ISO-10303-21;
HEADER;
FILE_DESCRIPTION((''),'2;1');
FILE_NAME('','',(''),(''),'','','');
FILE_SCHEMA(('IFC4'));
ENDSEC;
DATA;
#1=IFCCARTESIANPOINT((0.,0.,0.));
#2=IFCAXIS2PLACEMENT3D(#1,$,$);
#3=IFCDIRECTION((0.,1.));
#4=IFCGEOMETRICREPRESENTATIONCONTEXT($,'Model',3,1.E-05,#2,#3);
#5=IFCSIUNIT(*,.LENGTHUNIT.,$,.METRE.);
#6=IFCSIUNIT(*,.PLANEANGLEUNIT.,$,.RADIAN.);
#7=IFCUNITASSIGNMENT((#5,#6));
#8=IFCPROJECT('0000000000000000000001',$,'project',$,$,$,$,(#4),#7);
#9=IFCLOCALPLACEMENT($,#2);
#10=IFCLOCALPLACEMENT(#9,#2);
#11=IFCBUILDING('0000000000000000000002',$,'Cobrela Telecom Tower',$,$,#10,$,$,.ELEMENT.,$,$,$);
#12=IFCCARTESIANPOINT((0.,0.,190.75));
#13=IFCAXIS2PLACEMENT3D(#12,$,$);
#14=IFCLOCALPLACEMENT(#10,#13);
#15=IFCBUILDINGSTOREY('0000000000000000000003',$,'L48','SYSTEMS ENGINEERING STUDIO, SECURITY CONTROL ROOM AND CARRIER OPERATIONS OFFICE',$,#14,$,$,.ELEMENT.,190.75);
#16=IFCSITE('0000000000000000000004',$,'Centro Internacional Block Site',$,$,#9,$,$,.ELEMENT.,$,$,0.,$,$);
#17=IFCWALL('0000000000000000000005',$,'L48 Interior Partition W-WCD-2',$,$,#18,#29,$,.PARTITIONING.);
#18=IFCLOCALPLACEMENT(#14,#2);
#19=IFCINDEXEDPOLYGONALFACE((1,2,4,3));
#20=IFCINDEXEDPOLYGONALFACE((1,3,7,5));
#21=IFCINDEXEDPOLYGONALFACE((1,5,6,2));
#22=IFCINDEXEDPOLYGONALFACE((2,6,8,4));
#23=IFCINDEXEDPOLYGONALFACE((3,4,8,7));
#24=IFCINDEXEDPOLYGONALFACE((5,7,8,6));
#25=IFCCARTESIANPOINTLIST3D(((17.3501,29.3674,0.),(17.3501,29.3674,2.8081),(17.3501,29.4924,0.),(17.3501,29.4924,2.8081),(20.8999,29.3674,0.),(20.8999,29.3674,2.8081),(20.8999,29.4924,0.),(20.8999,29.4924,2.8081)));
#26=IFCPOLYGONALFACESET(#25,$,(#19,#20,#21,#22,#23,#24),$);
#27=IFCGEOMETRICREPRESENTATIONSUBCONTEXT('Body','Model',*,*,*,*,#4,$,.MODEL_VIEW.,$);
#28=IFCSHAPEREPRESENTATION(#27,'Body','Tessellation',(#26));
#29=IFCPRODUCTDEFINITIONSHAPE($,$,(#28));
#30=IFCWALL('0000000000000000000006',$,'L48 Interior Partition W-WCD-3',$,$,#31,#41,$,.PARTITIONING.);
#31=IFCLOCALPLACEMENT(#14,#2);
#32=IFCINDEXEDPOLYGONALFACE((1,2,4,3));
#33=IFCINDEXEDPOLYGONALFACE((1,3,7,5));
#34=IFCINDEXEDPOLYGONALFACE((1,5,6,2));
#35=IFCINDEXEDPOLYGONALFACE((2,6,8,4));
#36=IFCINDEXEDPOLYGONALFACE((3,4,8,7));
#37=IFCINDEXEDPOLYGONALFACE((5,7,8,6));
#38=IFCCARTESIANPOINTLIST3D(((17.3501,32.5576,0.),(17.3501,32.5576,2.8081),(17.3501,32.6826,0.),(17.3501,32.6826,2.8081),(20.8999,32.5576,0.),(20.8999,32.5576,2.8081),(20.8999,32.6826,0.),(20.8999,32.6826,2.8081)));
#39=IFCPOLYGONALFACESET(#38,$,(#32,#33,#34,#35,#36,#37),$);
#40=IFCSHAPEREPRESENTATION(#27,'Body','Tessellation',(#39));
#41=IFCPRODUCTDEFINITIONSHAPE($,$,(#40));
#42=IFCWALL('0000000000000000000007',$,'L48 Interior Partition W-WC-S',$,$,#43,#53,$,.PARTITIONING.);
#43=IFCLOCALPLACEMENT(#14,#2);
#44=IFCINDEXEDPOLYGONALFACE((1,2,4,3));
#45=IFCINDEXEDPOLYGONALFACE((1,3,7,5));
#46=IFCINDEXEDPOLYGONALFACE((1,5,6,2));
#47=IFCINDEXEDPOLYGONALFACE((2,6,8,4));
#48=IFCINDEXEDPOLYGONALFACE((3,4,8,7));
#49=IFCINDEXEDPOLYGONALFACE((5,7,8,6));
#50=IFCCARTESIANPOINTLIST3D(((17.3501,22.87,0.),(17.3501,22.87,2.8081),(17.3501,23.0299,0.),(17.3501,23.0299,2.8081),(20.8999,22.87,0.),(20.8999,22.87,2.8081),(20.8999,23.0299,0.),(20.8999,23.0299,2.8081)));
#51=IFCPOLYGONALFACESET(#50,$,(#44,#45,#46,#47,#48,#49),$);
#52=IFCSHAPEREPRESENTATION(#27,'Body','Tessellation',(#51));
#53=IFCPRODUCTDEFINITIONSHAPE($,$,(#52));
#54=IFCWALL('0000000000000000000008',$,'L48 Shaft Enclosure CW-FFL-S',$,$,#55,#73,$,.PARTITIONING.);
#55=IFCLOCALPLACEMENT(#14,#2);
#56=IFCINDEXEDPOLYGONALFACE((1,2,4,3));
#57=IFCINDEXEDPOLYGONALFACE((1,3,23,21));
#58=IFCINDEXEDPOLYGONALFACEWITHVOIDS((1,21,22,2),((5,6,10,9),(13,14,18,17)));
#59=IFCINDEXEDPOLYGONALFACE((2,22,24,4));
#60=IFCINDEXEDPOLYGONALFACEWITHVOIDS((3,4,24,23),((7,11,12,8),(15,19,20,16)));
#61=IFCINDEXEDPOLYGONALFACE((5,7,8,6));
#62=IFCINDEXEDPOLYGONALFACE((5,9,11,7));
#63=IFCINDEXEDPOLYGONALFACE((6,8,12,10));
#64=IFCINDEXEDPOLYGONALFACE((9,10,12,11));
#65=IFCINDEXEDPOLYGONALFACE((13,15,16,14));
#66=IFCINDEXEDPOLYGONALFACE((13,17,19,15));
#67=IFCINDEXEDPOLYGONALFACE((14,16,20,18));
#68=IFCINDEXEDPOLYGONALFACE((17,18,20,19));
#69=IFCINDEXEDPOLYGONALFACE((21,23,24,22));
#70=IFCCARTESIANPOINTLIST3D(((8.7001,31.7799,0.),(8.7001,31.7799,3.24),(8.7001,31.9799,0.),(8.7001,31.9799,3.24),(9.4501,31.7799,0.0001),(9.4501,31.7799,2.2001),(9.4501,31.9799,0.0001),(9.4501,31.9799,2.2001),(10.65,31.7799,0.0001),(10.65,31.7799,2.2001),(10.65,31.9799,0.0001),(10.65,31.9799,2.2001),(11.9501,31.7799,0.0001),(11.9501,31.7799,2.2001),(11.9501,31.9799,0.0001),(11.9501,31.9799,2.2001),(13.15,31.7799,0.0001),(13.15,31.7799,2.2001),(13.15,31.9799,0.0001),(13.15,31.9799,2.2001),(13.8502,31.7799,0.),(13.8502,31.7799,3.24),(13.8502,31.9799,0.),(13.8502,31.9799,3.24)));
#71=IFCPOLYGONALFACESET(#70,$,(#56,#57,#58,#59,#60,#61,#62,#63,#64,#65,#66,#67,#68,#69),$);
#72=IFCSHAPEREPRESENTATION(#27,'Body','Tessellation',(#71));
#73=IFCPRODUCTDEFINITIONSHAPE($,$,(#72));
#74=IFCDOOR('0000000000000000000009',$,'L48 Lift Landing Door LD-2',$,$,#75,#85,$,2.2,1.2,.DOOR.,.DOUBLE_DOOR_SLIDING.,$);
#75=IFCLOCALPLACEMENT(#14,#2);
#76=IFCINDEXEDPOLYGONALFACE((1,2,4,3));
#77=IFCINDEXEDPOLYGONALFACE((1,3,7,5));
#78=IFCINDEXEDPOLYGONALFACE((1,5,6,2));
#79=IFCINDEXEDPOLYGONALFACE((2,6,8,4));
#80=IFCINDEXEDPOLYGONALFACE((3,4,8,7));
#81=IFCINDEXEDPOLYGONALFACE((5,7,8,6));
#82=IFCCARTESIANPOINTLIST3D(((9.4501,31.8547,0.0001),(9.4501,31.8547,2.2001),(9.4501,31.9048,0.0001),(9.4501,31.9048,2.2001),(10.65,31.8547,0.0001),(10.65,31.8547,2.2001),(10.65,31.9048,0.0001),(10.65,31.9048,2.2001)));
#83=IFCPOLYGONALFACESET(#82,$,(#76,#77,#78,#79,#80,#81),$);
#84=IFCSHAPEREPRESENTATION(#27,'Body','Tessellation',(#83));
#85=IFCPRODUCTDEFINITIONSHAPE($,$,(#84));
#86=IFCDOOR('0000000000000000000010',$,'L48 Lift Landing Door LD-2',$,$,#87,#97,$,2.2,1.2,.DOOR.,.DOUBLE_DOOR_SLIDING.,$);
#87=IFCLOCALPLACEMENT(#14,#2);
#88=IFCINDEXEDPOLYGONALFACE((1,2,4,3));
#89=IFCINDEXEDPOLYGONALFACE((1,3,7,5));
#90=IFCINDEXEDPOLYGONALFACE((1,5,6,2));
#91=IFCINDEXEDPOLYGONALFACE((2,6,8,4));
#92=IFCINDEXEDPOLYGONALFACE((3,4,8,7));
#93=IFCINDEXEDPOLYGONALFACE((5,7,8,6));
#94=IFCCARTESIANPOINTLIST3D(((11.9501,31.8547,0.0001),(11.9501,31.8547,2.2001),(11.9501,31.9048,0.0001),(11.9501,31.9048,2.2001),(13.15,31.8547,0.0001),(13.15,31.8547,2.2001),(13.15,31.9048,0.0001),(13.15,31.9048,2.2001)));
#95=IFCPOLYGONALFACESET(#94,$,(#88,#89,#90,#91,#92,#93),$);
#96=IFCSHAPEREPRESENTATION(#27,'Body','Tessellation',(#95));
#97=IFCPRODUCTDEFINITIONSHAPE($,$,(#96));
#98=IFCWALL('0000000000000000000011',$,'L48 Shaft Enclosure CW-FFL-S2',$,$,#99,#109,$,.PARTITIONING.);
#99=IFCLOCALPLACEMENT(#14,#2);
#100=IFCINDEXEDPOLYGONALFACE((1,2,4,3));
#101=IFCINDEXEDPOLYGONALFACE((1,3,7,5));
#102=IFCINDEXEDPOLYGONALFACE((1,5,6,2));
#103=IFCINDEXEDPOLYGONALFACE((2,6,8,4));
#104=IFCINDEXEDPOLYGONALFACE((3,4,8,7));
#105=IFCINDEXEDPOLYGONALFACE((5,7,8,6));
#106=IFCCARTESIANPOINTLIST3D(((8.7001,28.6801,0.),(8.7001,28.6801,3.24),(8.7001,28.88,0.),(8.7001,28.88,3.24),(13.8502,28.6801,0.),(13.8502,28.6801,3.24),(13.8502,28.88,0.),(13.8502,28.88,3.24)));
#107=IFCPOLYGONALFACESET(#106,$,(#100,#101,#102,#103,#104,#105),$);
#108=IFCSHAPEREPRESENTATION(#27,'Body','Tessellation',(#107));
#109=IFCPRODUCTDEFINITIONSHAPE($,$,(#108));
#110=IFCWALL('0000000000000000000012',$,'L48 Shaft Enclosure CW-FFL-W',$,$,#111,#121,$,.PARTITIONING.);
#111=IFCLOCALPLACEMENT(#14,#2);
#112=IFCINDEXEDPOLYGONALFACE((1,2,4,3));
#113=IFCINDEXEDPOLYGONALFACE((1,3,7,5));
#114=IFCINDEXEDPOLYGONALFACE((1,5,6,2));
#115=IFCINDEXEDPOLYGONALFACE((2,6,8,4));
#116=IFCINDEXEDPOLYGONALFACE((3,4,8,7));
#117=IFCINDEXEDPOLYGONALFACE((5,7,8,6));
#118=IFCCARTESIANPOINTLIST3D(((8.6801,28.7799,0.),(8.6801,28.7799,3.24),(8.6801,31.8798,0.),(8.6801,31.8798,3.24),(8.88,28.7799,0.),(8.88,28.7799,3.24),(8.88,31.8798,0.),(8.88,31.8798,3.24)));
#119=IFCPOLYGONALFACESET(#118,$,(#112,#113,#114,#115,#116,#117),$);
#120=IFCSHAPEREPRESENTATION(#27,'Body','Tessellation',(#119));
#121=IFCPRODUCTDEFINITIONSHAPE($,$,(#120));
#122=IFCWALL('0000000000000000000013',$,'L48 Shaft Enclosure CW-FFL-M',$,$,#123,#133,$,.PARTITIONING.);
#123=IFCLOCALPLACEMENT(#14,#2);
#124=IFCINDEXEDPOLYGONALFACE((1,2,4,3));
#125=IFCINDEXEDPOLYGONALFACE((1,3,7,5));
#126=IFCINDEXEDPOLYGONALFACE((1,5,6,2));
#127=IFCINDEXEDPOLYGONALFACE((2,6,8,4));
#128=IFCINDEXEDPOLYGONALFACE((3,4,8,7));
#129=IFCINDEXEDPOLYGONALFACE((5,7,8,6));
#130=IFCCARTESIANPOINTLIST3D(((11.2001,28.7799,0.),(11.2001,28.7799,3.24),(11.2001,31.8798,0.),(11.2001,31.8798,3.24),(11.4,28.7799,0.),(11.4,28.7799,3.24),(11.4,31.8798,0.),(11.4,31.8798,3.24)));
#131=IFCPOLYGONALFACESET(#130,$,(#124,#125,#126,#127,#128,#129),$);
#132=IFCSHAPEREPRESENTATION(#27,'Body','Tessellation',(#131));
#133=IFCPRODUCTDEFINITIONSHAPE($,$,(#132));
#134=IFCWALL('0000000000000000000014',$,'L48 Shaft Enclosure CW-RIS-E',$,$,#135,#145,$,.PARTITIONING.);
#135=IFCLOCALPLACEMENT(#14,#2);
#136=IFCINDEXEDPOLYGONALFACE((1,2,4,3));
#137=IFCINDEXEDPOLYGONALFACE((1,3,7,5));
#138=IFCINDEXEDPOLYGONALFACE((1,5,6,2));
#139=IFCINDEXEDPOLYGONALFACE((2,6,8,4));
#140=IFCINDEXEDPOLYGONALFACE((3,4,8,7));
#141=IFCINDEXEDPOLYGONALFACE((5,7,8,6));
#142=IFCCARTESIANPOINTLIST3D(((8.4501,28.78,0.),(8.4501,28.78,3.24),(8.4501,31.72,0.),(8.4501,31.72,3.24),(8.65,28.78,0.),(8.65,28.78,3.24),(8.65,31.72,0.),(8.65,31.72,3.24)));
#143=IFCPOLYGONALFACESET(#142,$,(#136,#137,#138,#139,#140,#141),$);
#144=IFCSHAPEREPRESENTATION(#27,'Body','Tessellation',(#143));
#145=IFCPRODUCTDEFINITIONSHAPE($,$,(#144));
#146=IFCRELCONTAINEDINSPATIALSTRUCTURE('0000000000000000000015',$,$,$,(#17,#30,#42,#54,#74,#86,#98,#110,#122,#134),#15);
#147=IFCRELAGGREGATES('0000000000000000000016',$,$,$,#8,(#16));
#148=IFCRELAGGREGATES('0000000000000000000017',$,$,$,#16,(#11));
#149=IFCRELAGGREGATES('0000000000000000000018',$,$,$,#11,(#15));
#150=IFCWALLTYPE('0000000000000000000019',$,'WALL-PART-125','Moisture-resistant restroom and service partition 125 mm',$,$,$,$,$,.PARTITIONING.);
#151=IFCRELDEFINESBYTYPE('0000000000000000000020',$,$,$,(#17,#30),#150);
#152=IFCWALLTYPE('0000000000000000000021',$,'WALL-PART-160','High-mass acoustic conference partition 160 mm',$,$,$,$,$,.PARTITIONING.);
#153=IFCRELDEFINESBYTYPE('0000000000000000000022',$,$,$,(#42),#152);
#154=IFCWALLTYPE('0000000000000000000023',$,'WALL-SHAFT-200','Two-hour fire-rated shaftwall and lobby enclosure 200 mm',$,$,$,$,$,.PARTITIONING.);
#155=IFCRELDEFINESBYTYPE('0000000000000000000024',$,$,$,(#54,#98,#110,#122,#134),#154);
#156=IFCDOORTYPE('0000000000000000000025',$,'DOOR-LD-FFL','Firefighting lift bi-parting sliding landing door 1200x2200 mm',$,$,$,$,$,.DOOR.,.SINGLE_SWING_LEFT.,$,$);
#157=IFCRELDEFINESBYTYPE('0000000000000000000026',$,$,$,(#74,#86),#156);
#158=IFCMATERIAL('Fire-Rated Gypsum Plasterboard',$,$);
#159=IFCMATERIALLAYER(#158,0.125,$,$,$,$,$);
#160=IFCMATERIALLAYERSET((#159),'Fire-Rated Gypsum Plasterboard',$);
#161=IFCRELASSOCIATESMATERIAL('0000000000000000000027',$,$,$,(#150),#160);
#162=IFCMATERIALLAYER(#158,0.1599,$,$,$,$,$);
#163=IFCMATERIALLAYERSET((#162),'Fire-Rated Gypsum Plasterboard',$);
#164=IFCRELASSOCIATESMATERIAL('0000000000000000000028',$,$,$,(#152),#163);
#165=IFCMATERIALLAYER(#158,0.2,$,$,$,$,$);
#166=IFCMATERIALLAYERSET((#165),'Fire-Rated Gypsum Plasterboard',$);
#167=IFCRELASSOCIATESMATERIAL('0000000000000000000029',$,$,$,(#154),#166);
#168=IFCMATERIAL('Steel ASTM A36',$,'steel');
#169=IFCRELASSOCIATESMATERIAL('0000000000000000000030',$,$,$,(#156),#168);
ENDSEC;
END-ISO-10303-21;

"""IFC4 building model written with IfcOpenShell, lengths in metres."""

from ifc_helpers import new_model, si_unit, direction, frame, frame_2d, origin, place, context, subcontext, project, spatial, rectangle, extrude, material, layer, layer_set, type_object, element, fill, save


model = new_model("IFC4")

# Units and contexts
model_context = context("Model", 3, precision=1e-05, world=origin(), true_north=direction((0.0, 1.0)))
body_context = subcontext(model_context, "Body", "Model", "MODEL_VIEW")
ifc_project = project(units=[si_unit("LENGTHUNIT", "METRE"), si_unit("PLANEANGLEUNIT", "RADIAN")], contexts=[model_context])

# Site, building, storey
site_placement = place(None, origin())
site = spatial("IfcSite", under=ifc_project, at=site_placement, Name="Centro Internacional Block Site", CompositionType="ELEMENT", RefElevation=0.0)
building_placement = place(site_placement, origin())
building = spatial("IfcBuilding", under=site, at=building_placement, Name="Cobrela Telecom Tower", CompositionType="ELEMENT")
storey_placement = place(building_placement, frame((0.0, 0.0, 190.75)))
storey = spatial("IfcBuildingStorey", under=building, at=storey_placement, Name="L48", Description="SYSTEMS ENGINEERING STUDIO, SECURITY CONTROL ROOM AND CARRIER OPERATIONS OFFICE", CompositionType="ELEMENT", Elevation=190.75)

# Walls
ifc_material_1 = material(Name="Fire-Rated Gypsum Plasterboard")
ifc_layer_1 = layer(ifc_material_1, 0.125)
ifc_layer_set_1 = layer_set([ifc_layer_1], Name="Fire-Rated Gypsum Plasterboard")
wall_type_1 = type_object("IfcWallType", Name="WALL-PART-125", Description="Moisture-resistant restroom and service partition 125 mm", PredefinedType="PARTITIONING", material=ifc_layer_set_1)
for number, where, z_axis, x_axis, name in (
    (1, (17.3501, 29.4299, 0.0), (0.0, 0.0, 1.0), (1.0, 0.0, 0.0), "L48 Interior Partition W-WCD-2"),
    (2, (17.3501, 32.6201, 0.0), (0.0, 0.0, 1.0), (1.0, 0.0, 0.0), "L48 Interior Partition W-WCD-3"),
):
    element("IfcWall", number, at=place(storey_placement, frame(where, z_axis=z_axis, x_axis=x_axis)), inside=storey, type_object=wall_type_1, Name=name, PredefinedType="PARTITIONING", context=body_context, shape_type="SweptSolid", body=[
        extrude(rectangle(XDim=3.5498, YDim=0.125, at=frame_2d((1.7749, 0.0))), origin(), (0.0, 0.0, 1.0), 2.8081),
    ])

# Wall
ifc_layer_2 = layer(ifc_material_1, 0.1599)
ifc_layer_set_2 = layer_set([ifc_layer_2], Name="Fire-Rated Gypsum Plasterboard")
wall_type_2 = type_object("IfcWallType", Name="WALL-PART-160", Description="High-mass acoustic conference partition 160 mm", PredefinedType="PARTITIONING", material=ifc_layer_set_2)
wall_1_placement = place(storey_placement, frame((17.3501, 22.95, 0.0), z_axis=(0.0, 0.0, 1.0), x_axis=(1.0, 0.0, 0.0)))
element("IfcWall", 3, at=wall_1_placement, inside=storey, type_object=wall_type_2, Name="L48 Interior Partition W-WC-S", PredefinedType="PARTITIONING", context=body_context, shape_type="SweptSolid", body=[
    extrude(rectangle(XDim=3.5498, YDim=0.1599, at=frame_2d((1.7749, 0.0))), origin(), (0.0, 0.0, 1.0), 2.8081),
])

# Wall, openings, doors
ifc_layer_3 = layer(ifc_material_1, 0.2)
ifc_layer_set_3 = layer_set([ifc_layer_3], Name="Fire-Rated Gypsum Plasterboard")
wall_type_3 = type_object("IfcWallType", Name="WALL-SHAFT-200", Description="Two-hour fire-rated shaftwall and lobby enclosure 200 mm", PredefinedType="PARTITIONING", material=ifc_layer_set_3)
wall_2_placement = place(storey_placement, frame((8.7, 31.8799, 0.0), z_axis=(0.0, 0.0, 1.0), x_axis=(1.0, 0.0, 0.0)))
wall_2 = element("IfcWall", 4, at=wall_2_placement, inside=storey, type_object=wall_type_3, Name="L48 Shaft Enclosure CW-FFL-S", PredefinedType="PARTITIONING", context=body_context, shape_type="SweptSolid", body=[
    extrude(rectangle(XDim=5.1501, YDim=0.2, at=frame_2d((2.5752, 0.0))), origin(), (0.0, 0.0, 1.0), 3.24),
])
opening_1_placement = place(wall_2_placement, frame((0.75, 0.0, 0.0)))
opening_1 = element("IfcOpeningElement", 5, at=opening_1_placement, cuts=wall_2, PredefinedType="OPENING", context=body_context, shape_type="SweptSolid", body=[
    extrude(rectangle(XDim=1.2, YDim=2.2, at=frame_2d((0.6001, 1.1001))), frame((0.0, 0.1118, 0.0), z_axis=(0.0, -1.0, 0.0), x_axis=(1.0, 0.0, 0.0)), (0.0, 0.0, 1.0), 0.2239),
])
opening_2_placement = place(wall_2_placement, frame((3.25, 0.0, 0.0)))
opening_2 = element("IfcOpeningElement", 6, at=opening_2_placement, cuts=wall_2, PredefinedType="OPENING", context=body_context, shape_type="SweptSolid", body=[
    extrude(rectangle(XDim=1.2, YDim=2.2, at=frame_2d((0.6001, 1.1001))), frame((0.0, 0.1118, 0.0), z_axis=(0.0, -1.0, 0.0), x_axis=(1.0, 0.0, 0.0)), (0.0, 0.0, 1.0), 0.2239),
])
ifc_material_2 = material(Name="Steel ASTM A36", Category="steel")
door_type_1 = type_object("IfcDoorType", Name="DOOR-LD-FFL", Description="Firefighting lift bi-parting sliding landing door 1200x2200 mm", OperationType="SINGLE_SWING_LEFT", PredefinedType="DOOR", material=ifc_material_2)
door_1_placement = place(opening_1_placement, origin())
door_1 = element("IfcDoor", 7, at=door_1_placement, inside=storey, type_object=door_type_1, Name="L48 Lift Landing Door LD-2", OperationType="DOUBLE_DOOR_SLIDING", OverallHeight=2.2, OverallWidth=1.2, PredefinedType="DOOR", context=body_context, shape_type="SweptSolid", body=[
    extrude(rectangle(XDim=1.2, YDim=2.2, at=frame_2d((0.6001, 1.1001))), frame((0.0, 0.0249, 0.0), z_axis=(0.0, -1.0, 0.0), x_axis=(1.0, 0.0, 0.0)), (0.0, 0.0, 1.0), 0.05),
])
fill(opening_1, door_1)
door_2_placement = place(opening_2_placement, origin())
door_2 = element("IfcDoor", 8, at=door_2_placement, inside=storey, type_object=door_type_1, Name="L48 Lift Landing Door LD-2", OperationType="DOUBLE_DOOR_SLIDING", OverallHeight=2.2, OverallWidth=1.2, PredefinedType="DOOR", context=body_context, shape_type="SweptSolid", body=[
    extrude(rectangle(XDim=1.2, YDim=2.2, at=frame_2d((0.6001, 1.1001))), frame((0.0, 0.0249, 0.0), z_axis=(0.0, -1.0, 0.0), x_axis=(1.0, 0.0, 0.0)), (0.0, 0.0, 1.0), 0.05),
])
fill(opening_2, door_2)

# Walls
wall_3_placement = place(storey_placement, frame((8.7, 28.78, 0.0), z_axis=(0.0, 0.0, 1.0), x_axis=(1.0, 0.0, 0.0)))
element("IfcWall", 9, at=wall_3_placement, inside=storey, type_object=wall_type_3, Name="L48 Shaft Enclosure CW-FFL-S2", PredefinedType="PARTITIONING", context=body_context, shape_type="SweptSolid", body=[
    extrude(rectangle(XDim=5.1501, YDim=0.2, at=frame_2d((2.5752, 0.0))), origin(), (0.0, 0.0, 1.0), 3.24),
])
for number, where, z_axis, x_axis, name in (
    (10, (8.78, 28.78, 0.0), (0.0, 0.0, 1.0), (0.0, 1.0, 0.0), "L48 Shaft Enclosure CW-FFL-W"),
    (11, (11.3, 28.78, 0.0), (0.0, 0.0, 1.0), (0.0, 1.0, 0.0), "L48 Shaft Enclosure CW-FFL-M"),
):
    element("IfcWall", number, at=place(storey_placement, frame(where, z_axis=z_axis, x_axis=x_axis)), inside=storey, type_object=wall_type_3, Name=name, PredefinedType="PARTITIONING", context=body_context, shape_type="SweptSolid", body=[
        extrude(rectangle(XDim=3.0999, YDim=0.2, at=frame_2d((1.5498, 0.0))), origin(), (0.0, 0.0, 1.0), 3.24),
    ])
wall_4_placement = place(storey_placement, frame((8.55, 28.78, 0.0), z_axis=(0.0, 0.0, 1.0), x_axis=(0.0, 1.0, 0.0)))
element("IfcWall", 12, at=wall_4_placement, inside=storey, type_object=wall_type_3, Name="L48 Shaft Enclosure CW-RIS-E", PredefinedType="PARTITIONING", context=body_context, shape_type="SweptSolid", body=[
    extrude(rectangle(XDim=2.9399, YDim=0.2, at=frame_2d((1.47, 0.0))), origin(), (0.0, 0.0, 1.0), 3.24),
])

save(model, "model.ifc")
